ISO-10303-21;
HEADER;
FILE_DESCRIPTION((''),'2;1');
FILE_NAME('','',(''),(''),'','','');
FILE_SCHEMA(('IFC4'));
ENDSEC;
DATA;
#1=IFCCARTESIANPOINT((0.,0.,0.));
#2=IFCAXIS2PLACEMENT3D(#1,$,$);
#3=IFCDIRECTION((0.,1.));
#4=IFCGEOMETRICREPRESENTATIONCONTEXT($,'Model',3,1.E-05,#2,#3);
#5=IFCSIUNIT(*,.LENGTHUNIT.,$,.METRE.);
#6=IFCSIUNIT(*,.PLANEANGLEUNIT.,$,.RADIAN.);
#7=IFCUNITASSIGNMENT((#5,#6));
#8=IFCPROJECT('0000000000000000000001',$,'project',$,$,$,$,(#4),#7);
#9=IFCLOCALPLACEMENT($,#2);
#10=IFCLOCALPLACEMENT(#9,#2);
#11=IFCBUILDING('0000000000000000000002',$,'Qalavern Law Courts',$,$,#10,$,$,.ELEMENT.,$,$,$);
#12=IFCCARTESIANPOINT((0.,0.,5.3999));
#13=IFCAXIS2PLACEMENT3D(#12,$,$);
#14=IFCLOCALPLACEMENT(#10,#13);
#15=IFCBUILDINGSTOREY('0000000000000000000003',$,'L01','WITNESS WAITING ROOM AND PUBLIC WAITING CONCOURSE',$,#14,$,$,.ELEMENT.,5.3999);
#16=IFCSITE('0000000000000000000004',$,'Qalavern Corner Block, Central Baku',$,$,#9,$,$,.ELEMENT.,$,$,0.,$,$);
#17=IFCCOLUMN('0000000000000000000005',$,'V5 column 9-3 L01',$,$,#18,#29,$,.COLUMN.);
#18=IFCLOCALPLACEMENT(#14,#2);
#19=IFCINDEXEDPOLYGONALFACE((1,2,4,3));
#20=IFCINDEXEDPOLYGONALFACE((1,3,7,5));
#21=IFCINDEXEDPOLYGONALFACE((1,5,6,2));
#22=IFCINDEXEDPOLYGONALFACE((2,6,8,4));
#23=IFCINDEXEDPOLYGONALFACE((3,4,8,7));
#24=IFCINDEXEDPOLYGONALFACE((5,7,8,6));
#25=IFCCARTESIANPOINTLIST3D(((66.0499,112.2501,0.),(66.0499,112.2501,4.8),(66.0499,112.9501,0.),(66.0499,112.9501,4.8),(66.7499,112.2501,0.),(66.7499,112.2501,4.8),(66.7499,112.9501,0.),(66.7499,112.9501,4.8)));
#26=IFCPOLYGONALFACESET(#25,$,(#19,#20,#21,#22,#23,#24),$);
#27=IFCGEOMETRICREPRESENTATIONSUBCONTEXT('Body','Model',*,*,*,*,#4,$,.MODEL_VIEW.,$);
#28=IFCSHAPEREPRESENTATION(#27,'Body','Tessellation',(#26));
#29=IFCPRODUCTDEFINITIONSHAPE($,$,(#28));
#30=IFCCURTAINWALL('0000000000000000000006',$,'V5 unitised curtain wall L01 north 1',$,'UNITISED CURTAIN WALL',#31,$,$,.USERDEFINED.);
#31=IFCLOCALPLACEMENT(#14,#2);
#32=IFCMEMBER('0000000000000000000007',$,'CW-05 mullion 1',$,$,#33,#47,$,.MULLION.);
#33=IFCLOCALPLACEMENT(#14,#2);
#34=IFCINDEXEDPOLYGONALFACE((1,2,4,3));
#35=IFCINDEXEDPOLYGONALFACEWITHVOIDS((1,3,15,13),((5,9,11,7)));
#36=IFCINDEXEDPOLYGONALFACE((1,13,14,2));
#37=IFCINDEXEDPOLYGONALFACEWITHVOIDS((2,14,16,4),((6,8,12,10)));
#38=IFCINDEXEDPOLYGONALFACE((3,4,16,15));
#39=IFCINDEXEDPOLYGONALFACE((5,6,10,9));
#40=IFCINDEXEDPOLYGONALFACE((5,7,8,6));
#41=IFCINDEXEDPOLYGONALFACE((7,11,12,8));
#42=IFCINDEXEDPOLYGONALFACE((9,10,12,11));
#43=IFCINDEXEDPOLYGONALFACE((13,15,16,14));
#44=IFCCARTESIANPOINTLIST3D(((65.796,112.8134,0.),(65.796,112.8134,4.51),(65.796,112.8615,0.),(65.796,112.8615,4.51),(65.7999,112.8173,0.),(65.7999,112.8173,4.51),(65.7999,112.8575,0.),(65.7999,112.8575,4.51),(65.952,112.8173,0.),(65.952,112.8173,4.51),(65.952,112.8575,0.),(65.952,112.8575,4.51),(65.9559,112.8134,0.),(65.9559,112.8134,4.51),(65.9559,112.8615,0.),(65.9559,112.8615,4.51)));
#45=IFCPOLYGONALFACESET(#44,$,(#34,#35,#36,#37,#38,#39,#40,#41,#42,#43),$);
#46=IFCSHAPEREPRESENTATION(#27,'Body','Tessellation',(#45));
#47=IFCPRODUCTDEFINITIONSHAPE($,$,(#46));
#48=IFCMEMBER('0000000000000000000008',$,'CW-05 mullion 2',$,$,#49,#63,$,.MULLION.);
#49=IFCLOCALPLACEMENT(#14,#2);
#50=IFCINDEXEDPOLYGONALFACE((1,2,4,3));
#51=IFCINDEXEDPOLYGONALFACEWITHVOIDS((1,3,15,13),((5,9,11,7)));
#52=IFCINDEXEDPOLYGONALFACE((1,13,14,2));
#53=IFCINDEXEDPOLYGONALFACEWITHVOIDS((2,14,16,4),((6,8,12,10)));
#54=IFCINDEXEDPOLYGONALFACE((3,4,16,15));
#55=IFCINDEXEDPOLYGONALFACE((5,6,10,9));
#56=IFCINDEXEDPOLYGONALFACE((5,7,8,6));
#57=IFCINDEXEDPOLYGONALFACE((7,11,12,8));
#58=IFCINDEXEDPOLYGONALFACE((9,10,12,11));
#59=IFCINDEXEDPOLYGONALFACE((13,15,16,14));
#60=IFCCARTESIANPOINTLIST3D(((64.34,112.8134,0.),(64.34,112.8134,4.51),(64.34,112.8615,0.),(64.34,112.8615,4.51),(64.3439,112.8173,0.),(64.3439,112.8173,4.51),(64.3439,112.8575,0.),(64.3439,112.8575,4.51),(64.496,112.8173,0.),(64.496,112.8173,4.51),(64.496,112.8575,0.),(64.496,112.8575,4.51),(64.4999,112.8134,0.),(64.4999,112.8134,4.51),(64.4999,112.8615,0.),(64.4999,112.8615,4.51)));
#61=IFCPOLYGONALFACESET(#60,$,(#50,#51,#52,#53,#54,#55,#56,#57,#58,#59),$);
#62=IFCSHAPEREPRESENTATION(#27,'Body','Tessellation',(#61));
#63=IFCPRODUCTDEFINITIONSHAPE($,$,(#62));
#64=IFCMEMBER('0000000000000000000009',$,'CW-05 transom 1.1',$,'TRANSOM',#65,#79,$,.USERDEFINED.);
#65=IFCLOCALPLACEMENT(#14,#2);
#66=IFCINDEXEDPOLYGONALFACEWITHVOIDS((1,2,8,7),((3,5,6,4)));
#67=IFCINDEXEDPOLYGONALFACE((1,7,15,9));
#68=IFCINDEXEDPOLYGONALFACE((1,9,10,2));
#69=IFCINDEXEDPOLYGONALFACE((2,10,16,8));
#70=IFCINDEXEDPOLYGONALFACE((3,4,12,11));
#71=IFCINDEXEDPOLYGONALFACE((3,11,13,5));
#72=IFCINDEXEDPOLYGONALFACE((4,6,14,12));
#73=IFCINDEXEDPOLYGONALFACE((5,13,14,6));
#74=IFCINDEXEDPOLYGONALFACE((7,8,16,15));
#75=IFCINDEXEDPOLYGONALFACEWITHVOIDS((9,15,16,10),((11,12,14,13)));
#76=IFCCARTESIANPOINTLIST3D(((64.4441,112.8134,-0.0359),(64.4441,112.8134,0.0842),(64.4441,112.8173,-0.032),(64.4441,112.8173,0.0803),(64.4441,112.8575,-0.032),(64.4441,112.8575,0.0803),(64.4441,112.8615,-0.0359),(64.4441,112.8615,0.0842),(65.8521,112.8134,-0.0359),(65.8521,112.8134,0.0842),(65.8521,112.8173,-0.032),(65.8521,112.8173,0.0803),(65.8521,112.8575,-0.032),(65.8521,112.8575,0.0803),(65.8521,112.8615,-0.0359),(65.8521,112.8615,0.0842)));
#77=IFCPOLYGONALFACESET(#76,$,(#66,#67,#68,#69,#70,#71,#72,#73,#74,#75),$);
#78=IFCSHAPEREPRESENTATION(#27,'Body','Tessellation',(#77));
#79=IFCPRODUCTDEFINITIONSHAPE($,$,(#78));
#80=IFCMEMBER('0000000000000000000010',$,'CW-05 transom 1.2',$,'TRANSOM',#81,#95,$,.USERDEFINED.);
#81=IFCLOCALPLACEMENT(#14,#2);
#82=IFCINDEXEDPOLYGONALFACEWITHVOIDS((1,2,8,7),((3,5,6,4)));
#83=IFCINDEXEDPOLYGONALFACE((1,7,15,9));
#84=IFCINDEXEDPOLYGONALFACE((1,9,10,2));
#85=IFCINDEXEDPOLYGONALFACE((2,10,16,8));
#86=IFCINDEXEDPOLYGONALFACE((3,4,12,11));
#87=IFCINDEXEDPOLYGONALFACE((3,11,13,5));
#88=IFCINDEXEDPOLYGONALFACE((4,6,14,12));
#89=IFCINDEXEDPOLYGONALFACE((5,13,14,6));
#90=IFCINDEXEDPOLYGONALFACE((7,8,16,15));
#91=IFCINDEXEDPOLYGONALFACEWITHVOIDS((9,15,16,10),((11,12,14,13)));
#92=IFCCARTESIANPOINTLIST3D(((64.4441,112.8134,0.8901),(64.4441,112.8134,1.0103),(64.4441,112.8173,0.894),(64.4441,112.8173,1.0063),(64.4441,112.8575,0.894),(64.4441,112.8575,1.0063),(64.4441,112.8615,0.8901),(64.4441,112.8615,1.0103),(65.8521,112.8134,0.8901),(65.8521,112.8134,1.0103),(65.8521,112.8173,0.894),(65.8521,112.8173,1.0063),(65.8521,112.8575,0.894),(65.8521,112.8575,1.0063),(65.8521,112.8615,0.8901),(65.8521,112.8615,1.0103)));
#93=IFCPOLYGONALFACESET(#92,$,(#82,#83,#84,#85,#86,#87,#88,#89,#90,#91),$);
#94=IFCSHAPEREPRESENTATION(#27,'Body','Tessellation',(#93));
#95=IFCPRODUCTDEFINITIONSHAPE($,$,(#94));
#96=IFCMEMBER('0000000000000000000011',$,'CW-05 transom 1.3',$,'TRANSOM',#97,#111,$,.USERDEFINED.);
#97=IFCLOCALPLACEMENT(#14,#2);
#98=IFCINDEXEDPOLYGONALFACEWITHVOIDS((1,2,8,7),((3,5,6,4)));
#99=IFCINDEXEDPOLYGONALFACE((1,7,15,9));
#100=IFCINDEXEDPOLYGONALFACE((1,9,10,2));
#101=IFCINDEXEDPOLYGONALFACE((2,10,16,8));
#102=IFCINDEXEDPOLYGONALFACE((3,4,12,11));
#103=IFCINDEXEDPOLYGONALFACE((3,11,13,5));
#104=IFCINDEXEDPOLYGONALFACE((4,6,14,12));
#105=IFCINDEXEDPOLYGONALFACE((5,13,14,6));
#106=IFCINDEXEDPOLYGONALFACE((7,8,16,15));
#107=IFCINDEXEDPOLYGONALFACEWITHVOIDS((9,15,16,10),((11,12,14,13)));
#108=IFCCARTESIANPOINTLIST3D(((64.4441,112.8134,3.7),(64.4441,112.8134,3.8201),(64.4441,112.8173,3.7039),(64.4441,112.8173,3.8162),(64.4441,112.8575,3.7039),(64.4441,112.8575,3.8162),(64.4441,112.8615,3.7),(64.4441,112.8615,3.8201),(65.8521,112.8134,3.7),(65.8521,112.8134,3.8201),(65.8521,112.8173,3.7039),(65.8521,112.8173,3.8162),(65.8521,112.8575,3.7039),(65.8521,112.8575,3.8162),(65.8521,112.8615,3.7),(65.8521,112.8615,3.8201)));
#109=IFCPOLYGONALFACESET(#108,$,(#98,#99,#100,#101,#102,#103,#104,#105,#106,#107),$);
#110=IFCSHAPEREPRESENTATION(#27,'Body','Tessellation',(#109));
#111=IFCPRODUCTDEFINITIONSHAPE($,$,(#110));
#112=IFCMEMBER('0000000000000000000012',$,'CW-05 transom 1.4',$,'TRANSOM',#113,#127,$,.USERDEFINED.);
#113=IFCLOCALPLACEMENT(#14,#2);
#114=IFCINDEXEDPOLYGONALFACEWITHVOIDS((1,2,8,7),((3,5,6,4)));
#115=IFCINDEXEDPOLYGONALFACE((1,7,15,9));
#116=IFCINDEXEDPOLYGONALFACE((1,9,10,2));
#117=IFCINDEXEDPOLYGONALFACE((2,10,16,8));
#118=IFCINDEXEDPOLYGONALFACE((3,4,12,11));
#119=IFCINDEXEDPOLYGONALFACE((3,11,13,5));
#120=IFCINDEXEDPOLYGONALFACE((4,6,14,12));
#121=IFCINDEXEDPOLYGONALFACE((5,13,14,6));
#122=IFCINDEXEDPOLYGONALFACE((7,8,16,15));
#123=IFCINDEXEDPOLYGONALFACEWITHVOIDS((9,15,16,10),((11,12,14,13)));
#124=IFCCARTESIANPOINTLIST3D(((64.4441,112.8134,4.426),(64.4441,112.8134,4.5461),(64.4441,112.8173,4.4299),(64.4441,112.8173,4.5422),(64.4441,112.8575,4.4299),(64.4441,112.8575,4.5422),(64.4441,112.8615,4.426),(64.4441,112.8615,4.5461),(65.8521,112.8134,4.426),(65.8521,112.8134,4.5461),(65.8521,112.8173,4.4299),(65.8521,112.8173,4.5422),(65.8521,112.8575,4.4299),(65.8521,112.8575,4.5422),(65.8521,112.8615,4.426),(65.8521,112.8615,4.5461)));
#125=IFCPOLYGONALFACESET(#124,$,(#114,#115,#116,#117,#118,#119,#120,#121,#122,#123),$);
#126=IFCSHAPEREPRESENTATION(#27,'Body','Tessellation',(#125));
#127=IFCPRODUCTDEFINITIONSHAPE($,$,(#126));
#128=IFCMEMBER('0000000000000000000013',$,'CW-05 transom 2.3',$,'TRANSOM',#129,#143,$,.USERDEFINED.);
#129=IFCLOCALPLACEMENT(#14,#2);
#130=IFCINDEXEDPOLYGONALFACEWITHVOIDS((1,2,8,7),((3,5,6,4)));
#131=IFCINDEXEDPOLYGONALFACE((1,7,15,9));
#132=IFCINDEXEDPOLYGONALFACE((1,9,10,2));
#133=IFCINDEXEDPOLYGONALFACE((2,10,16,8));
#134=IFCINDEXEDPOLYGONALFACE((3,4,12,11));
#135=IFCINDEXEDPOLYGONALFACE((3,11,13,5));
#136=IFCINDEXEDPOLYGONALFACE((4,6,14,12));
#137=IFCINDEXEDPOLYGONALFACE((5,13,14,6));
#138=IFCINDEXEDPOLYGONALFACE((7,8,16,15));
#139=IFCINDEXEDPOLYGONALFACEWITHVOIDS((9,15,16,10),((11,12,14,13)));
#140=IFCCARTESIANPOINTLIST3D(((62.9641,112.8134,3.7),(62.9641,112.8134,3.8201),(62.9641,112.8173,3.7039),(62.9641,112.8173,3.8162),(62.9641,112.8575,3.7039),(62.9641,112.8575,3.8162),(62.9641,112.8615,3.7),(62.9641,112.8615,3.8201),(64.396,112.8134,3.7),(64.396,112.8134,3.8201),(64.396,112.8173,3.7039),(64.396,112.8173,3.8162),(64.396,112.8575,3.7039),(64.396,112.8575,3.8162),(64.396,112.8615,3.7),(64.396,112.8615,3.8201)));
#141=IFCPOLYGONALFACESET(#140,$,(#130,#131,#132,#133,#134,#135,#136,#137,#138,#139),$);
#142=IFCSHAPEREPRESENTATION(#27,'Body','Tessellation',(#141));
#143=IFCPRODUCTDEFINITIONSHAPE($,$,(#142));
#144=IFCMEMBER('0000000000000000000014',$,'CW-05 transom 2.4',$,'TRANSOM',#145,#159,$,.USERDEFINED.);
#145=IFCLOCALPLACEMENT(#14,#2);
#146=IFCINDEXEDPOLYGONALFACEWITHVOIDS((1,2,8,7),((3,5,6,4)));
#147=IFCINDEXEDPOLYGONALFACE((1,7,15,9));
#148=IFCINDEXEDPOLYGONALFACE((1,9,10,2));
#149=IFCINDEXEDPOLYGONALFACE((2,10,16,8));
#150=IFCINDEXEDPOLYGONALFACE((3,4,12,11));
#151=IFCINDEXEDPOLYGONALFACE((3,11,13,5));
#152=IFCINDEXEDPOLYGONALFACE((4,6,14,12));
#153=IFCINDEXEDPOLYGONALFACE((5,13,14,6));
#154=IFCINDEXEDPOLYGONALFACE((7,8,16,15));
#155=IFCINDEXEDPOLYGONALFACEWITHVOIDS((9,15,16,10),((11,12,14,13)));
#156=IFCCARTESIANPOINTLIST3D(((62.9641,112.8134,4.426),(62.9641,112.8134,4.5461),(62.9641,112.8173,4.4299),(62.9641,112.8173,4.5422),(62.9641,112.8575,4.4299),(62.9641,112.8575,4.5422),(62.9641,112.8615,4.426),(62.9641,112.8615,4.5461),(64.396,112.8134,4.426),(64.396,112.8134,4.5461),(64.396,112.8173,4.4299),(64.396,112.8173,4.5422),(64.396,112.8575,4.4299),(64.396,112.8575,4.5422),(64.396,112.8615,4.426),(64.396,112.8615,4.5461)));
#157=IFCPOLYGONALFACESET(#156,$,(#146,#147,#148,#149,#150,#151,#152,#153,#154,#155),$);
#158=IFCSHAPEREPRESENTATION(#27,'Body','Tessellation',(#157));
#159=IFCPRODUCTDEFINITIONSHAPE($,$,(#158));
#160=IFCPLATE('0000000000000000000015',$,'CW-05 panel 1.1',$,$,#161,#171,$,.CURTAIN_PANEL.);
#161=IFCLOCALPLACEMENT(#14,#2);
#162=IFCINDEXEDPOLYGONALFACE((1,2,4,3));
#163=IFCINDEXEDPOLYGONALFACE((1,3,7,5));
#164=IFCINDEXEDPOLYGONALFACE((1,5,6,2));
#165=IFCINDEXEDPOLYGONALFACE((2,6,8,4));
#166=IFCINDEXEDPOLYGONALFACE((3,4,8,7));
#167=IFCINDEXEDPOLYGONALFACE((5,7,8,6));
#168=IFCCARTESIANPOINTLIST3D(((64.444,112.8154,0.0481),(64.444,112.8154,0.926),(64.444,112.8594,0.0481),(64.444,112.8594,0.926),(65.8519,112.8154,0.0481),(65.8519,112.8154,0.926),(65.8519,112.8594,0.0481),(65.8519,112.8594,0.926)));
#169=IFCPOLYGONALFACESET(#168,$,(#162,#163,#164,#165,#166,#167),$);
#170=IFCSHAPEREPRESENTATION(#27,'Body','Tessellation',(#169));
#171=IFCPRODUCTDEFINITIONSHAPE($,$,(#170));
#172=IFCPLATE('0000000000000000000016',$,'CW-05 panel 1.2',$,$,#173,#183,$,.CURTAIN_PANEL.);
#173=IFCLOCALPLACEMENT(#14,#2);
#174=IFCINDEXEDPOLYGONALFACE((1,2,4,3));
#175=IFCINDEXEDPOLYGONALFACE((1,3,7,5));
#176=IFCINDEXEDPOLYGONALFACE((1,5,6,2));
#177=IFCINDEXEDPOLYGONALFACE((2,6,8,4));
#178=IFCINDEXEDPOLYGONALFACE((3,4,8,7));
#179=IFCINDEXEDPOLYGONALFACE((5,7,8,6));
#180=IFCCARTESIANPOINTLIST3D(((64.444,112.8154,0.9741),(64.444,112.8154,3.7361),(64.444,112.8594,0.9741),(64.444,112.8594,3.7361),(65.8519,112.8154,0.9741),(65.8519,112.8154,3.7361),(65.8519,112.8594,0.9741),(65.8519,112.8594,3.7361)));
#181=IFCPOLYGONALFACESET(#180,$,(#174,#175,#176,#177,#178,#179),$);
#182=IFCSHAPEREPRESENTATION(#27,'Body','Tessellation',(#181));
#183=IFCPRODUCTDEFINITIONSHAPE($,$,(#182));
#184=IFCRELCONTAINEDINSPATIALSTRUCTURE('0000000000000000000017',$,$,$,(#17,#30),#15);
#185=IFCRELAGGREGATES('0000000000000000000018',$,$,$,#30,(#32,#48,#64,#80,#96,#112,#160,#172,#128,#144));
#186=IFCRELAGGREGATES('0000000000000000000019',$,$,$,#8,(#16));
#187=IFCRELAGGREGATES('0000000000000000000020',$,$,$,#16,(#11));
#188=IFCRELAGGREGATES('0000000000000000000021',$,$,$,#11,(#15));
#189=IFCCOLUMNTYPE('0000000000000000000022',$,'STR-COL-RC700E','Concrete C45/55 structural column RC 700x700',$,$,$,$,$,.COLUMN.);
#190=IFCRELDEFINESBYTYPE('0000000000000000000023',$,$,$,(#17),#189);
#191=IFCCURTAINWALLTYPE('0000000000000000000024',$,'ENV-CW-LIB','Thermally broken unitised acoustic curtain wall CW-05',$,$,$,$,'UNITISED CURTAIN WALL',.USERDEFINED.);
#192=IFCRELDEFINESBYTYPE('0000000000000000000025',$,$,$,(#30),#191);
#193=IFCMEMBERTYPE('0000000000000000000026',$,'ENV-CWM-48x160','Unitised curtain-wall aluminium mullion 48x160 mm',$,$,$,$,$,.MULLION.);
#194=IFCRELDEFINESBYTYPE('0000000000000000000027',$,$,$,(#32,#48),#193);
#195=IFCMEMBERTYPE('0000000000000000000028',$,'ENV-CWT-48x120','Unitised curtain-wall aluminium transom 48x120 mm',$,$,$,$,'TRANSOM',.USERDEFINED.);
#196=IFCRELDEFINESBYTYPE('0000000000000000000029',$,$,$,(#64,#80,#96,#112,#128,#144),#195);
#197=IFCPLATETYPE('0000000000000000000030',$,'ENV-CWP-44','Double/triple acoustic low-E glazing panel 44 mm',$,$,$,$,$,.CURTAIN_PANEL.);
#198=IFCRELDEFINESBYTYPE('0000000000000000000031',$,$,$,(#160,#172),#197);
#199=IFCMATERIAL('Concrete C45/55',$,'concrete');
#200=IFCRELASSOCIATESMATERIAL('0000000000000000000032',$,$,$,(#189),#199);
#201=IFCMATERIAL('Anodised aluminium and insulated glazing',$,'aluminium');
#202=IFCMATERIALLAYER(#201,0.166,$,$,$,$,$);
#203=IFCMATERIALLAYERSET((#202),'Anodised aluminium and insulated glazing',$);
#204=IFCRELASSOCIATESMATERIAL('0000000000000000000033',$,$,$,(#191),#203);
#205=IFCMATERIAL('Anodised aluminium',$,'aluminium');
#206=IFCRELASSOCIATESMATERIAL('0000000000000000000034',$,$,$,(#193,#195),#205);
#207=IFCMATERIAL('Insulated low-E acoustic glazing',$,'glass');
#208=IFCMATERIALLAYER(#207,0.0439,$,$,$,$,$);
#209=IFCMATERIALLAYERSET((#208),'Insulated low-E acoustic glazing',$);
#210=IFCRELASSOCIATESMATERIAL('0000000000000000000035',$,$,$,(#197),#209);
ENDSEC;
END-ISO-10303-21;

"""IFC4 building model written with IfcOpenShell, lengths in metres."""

from ifc_helpers import new_model, si_unit, direction, frame, origin, origin_2d, place, context, subcontext, project, spatial, rectangle, hollow_rectangle, extrude, material, layer, layer_set, material_profile, profile_set, type_object, element, aggregate, save


model = new_model("IFC4")

# Units and contexts
model_context = context("Model", 3, precision=1e-05, world=origin(), true_north=direction((0.0, 1.0)))
body_context = subcontext(model_context, "Body", "Model", "MODEL_VIEW")
ifc_project = project(units=[si_unit("LENGTHUNIT", "METRE"), si_unit("PLANEANGLEUNIT", "RADIAN")], contexts=[model_context])

# Site, building, storey
site_placement = place(None, origin())
site = spatial("IfcSite", under=ifc_project, at=site_placement, Name="Qalavern Corner Block, Central Baku", CompositionType="ELEMENT", RefElevation=0.0)
building_placement = place(site_placement, origin())
building = spatial("IfcBuilding", under=site, at=building_placement, Name="Qalavern Law Courts", CompositionType="ELEMENT")
storey_placement = place(building_placement, frame((0.0, 0.0, 5.3999)))
storey = spatial("IfcBuildingStorey", under=building, at=storey_placement, Name="L01", Description="WITNESS WAITING ROOM AND PUBLIC WAITING CONCOURSE", CompositionType="ELEMENT", Elevation=5.3999)

# Column
ifc_material_1 = material(Name="Concrete C45/55", Category="concrete")
ifc_material_profile_1 = material_profile(ifc_material_1, rectangle(XDim=0.7, YDim=0.7, at=origin_2d()), Name="RC 700x700")
ifc_profile_set_1 = profile_set([ifc_material_profile_1], Name="Concrete C45/55")
column_type = type_object("IfcColumnType", Name="STR-COL-RC700E", Description="Concrete C45/55 structural column RC 700x700", PredefinedType="COLUMN", material=ifc_profile_set_1)
column_placement = place(storey_placement, frame((66.3999, 112.6001, 0.0), z_axis=(0.0, 0.0, 1.0), x_axis=(1.0, 0.0, 0.0)))
element("IfcColumn", 1, at=column_placement, inside=storey, type_object=column_type, Name="V5 column 9-3 L01", PredefinedType="COLUMN", context=body_context, shape_type="SweptSolid", body=[
    extrude(rectangle(XDim=0.7, YDim=0.7, at=origin_2d()), origin(), (0.0, 0.0, 1.0), 4.8),
])

# Curtain wall, members, plates
ifc_material_2 = material(Name="Anodised aluminium and insulated glazing", Category="aluminium")
ifc_layer_1 = layer(ifc_material_2, 0.166)
ifc_layer_set_1 = layer_set([ifc_layer_1], Name="Anodised aluminium and insulated glazing")
curtain_wall_type = type_object("IfcCurtainWallType", Name="ENV-CW-LIB", Description="Thermally broken unitised acoustic curtain wall CW-05", ElementType="UNITISED CURTAIN WALL", PredefinedType="USERDEFINED", material=ifc_layer_set_1)
curtain_wall_placement = place(storey_placement, origin())
curtain_wall = element("IfcCurtainWall", 2, at=curtain_wall_placement, inside=storey, type_object=curtain_wall_type, Name="V5 unitised curtain wall L01 north 1", ObjectType="UNITISED CURTAIN WALL", PredefinedType="USERDEFINED")
ifc_material_3 = material(Name="Anodised aluminium", Category="aluminium")
ifc_material_profile_2 = material_profile(ifc_material_3, hollow_rectangle(XDim=0.0481, YDim=0.1599, WallThickness=0.0039, at=origin_2d()), Name="ALU MULLION 48x160")
ifc_profile_set_2 = profile_set([ifc_material_profile_2], Name="Anodised aluminium")
member_type_1 = type_object("IfcMemberType", Name="ENV-CWM-48x160", Description="Unitised curtain-wall aluminium mullion 48x160 mm", PredefinedType="MULLION", material=ifc_profile_set_2)
member_1_placement = place(storey_placement, frame((65.876, 112.8374, 0.0), z_axis=(0.0, 0.0, 1.0), x_axis=(0.0, -1.0, 0.0)))
member_1 = element("IfcMember", 3, at=member_1_placement, type_object=member_type_1, Name="CW-05 mullion 1", PredefinedType="MULLION", context=body_context, shape_type="SweptSolid", body=[
    extrude(hollow_rectangle(XDim=0.0481, YDim=0.1599, WallThickness=0.0039, at=origin_2d()), origin(), (0.0, 0.0, 1.0), 4.51),
])
member_2_placement = place(storey_placement, frame((64.4199, 112.8374, 0.0), z_axis=(0.0, 0.0, 1.0), x_axis=(0.0, -1.0, 0.0)))
member_2 = element("IfcMember", 4, at=member_2_placement, type_object=member_type_1, Name="CW-05 mullion 2", PredefinedType="MULLION", context=body_context, shape_type="SweptSolid", body=[
    extrude(hollow_rectangle(XDim=0.0481, YDim=0.1599, WallThickness=0.0039, at=origin_2d()), origin(), (0.0, 0.0, 1.0), 4.51),
])
ifc_material_profile_3 = material_profile(ifc_material_3, hollow_rectangle(XDim=0.0481, YDim=0.1201, WallThickness=0.0039, at=origin_2d()), Name="ALU TRANSOM 48x120")
ifc_profile_set_3 = profile_set([ifc_material_profile_3], Name="Anodised aluminium")
member_type_2 = type_object("IfcMemberType", Name="ENV-CWT-48x120", Description="Unitised curtain-wall aluminium transom 48x120 mm", ElementType="TRANSOM", PredefinedType="USERDEFINED", material=ifc_profile_set_3)
member_3_placement = place(storey_placement, frame((65.8521, 112.8374, 0.0242), z_axis=(-1.0, 0.0, 0.0), x_axis=(0.0, -1.0, 0.0)))
member_3 = element("IfcMember", 5, at=member_3_placement, type_object=member_type_2, Name="CW-05 transom 1.1", ObjectType="TRANSOM", PredefinedType="USERDEFINED", context=body_context, shape_type="SweptSolid", body=[
    extrude(hollow_rectangle(XDim=0.0481, YDim=0.1201, WallThickness=0.0039, at=origin_2d()), origin(), (0.0, 0.0, 1.0), 1.408),
])
member_4_placement = place(storey_placement, frame((65.8521, 112.8374, 0.9502), z_axis=(-1.0, 0.0, 0.0), x_axis=(0.0, -1.0, 0.0)))
member_4 = element("IfcMember", 6, at=member_4_placement, type_object=member_type_2, Name="CW-05 transom 1.2", ObjectType="TRANSOM", PredefinedType="USERDEFINED", context=body_context, shape_type="SweptSolid", body=[
    extrude(hollow_rectangle(XDim=0.0481, YDim=0.1201, WallThickness=0.0039, at=origin_2d()), origin(), (0.0, 0.0, 1.0), 1.408),
])
member_5_placement = place(storey_placement, frame((65.8521, 112.8374, 3.76), z_axis=(-1.0, 0.0, 0.0), x_axis=(0.0, -1.0, 0.0)))
member_5 = element("IfcMember", 7, at=member_5_placement, type_object=member_type_2, Name="CW-05 transom 1.3", ObjectType="TRANSOM", PredefinedType="USERDEFINED", context=body_context, shape_type="SweptSolid", body=[
    extrude(hollow_rectangle(XDim=0.0481, YDim=0.1201, WallThickness=0.0039, at=origin_2d()), origin(), (0.0, 0.0, 1.0), 1.408),
])
member_6_placement = place(storey_placement, frame((65.8521, 112.8374, 4.4861), z_axis=(-1.0, 0.0, 0.0), x_axis=(0.0, -1.0, 0.0)))
member_6 = element("IfcMember", 8, at=member_6_placement, type_object=member_type_2, Name="CW-05 transom 1.4", ObjectType="TRANSOM", PredefinedType="USERDEFINED", context=body_context, shape_type="SweptSolid", body=[
    extrude(hollow_rectangle(XDim=0.0481, YDim=0.1201, WallThickness=0.0039, at=origin_2d()), origin(), (0.0, 0.0, 1.0), 1.408),
])
member_7_placement = place(storey_placement, frame((64.396, 112.8374, 3.76), z_axis=(-1.0, 0.0, 0.0), x_axis=(0.0, -1.0, 0.0)))
member_7 = element("IfcMember", 9, at=member_7_placement, type_object=member_type_2, Name="CW-05 transom 2.3", ObjectType="TRANSOM", PredefinedType="USERDEFINED", context=body_context, shape_type="SweptSolid", body=[
    extrude(hollow_rectangle(XDim=0.0481, YDim=0.1201, WallThickness=0.0039, at=origin_2d()), origin(), (0.0, 0.0, 1.0), 1.4319),
])
member_8_placement = place(storey_placement, frame((64.396, 112.8374, 4.4861), z_axis=(-1.0, 0.0, 0.0), x_axis=(0.0, -1.0, 0.0)))
member_8 = element("IfcMember", 10, at=member_8_placement, type_object=member_type_2, Name="CW-05 transom 2.4", ObjectType="TRANSOM", PredefinedType="USERDEFINED", context=body_context, shape_type="SweptSolid", body=[
    extrude(hollow_rectangle(XDim=0.0481, YDim=0.1201, WallThickness=0.0039, at=origin_2d()), origin(), (0.0, 0.0, 1.0), 1.4319),
])
ifc_material_4 = material(Name="Insulated low-E acoustic glazing", Category="glass")
ifc_layer_2 = layer(ifc_material_4, 0.0439)
ifc_layer_set_2 = layer_set([ifc_layer_2], Name="Insulated low-E acoustic glazing")
plate_type = type_object("IfcPlateType", Name="ENV-CWP-44", Description="Double/triple acoustic low-E glazing panel 44 mm", PredefinedType="CURTAIN_PANEL", material=ifc_layer_set_2)
plate_1_placement = place(storey_placement, frame((65.1479, 112.8374, 0.0481), z_axis=(0.0, 0.0, 1.0), x_axis=(-1.0, 0.0, 0.0)))
plate_1 = element("IfcPlate", 11, at=plate_1_placement, type_object=plate_type, Name="CW-05 panel 1.1", PredefinedType="CURTAIN_PANEL", context=body_context, shape_type="SweptSolid", body=[
    extrude(rectangle(XDim=1.408, YDim=0.0439, at=origin_2d()), origin(), (0.0, 0.0, 1.0), 0.8779),
])
plate_2_placement = place(storey_placement, frame((65.1479, 112.8374, 0.9741), z_axis=(0.0, 0.0, 1.0), x_axis=(-1.0, 0.0, 0.0)))
plate_2 = element("IfcPlate", 12, at=plate_2_placement, type_object=plate_type, Name="CW-05 panel 1.2", PredefinedType="CURTAIN_PANEL", context=body_context, shape_type="SweptSolid", body=[
    extrude(rectangle(XDim=1.408, YDim=0.0439, at=origin_2d()), origin(), (0.0, 0.0, 1.0), 2.762),
])
aggregate(curtain_wall, [member_1, member_2, member_3, member_4, member_5, member_6, plate_1, plate_2, member_7, member_8])

save(model, "model.ifc")
